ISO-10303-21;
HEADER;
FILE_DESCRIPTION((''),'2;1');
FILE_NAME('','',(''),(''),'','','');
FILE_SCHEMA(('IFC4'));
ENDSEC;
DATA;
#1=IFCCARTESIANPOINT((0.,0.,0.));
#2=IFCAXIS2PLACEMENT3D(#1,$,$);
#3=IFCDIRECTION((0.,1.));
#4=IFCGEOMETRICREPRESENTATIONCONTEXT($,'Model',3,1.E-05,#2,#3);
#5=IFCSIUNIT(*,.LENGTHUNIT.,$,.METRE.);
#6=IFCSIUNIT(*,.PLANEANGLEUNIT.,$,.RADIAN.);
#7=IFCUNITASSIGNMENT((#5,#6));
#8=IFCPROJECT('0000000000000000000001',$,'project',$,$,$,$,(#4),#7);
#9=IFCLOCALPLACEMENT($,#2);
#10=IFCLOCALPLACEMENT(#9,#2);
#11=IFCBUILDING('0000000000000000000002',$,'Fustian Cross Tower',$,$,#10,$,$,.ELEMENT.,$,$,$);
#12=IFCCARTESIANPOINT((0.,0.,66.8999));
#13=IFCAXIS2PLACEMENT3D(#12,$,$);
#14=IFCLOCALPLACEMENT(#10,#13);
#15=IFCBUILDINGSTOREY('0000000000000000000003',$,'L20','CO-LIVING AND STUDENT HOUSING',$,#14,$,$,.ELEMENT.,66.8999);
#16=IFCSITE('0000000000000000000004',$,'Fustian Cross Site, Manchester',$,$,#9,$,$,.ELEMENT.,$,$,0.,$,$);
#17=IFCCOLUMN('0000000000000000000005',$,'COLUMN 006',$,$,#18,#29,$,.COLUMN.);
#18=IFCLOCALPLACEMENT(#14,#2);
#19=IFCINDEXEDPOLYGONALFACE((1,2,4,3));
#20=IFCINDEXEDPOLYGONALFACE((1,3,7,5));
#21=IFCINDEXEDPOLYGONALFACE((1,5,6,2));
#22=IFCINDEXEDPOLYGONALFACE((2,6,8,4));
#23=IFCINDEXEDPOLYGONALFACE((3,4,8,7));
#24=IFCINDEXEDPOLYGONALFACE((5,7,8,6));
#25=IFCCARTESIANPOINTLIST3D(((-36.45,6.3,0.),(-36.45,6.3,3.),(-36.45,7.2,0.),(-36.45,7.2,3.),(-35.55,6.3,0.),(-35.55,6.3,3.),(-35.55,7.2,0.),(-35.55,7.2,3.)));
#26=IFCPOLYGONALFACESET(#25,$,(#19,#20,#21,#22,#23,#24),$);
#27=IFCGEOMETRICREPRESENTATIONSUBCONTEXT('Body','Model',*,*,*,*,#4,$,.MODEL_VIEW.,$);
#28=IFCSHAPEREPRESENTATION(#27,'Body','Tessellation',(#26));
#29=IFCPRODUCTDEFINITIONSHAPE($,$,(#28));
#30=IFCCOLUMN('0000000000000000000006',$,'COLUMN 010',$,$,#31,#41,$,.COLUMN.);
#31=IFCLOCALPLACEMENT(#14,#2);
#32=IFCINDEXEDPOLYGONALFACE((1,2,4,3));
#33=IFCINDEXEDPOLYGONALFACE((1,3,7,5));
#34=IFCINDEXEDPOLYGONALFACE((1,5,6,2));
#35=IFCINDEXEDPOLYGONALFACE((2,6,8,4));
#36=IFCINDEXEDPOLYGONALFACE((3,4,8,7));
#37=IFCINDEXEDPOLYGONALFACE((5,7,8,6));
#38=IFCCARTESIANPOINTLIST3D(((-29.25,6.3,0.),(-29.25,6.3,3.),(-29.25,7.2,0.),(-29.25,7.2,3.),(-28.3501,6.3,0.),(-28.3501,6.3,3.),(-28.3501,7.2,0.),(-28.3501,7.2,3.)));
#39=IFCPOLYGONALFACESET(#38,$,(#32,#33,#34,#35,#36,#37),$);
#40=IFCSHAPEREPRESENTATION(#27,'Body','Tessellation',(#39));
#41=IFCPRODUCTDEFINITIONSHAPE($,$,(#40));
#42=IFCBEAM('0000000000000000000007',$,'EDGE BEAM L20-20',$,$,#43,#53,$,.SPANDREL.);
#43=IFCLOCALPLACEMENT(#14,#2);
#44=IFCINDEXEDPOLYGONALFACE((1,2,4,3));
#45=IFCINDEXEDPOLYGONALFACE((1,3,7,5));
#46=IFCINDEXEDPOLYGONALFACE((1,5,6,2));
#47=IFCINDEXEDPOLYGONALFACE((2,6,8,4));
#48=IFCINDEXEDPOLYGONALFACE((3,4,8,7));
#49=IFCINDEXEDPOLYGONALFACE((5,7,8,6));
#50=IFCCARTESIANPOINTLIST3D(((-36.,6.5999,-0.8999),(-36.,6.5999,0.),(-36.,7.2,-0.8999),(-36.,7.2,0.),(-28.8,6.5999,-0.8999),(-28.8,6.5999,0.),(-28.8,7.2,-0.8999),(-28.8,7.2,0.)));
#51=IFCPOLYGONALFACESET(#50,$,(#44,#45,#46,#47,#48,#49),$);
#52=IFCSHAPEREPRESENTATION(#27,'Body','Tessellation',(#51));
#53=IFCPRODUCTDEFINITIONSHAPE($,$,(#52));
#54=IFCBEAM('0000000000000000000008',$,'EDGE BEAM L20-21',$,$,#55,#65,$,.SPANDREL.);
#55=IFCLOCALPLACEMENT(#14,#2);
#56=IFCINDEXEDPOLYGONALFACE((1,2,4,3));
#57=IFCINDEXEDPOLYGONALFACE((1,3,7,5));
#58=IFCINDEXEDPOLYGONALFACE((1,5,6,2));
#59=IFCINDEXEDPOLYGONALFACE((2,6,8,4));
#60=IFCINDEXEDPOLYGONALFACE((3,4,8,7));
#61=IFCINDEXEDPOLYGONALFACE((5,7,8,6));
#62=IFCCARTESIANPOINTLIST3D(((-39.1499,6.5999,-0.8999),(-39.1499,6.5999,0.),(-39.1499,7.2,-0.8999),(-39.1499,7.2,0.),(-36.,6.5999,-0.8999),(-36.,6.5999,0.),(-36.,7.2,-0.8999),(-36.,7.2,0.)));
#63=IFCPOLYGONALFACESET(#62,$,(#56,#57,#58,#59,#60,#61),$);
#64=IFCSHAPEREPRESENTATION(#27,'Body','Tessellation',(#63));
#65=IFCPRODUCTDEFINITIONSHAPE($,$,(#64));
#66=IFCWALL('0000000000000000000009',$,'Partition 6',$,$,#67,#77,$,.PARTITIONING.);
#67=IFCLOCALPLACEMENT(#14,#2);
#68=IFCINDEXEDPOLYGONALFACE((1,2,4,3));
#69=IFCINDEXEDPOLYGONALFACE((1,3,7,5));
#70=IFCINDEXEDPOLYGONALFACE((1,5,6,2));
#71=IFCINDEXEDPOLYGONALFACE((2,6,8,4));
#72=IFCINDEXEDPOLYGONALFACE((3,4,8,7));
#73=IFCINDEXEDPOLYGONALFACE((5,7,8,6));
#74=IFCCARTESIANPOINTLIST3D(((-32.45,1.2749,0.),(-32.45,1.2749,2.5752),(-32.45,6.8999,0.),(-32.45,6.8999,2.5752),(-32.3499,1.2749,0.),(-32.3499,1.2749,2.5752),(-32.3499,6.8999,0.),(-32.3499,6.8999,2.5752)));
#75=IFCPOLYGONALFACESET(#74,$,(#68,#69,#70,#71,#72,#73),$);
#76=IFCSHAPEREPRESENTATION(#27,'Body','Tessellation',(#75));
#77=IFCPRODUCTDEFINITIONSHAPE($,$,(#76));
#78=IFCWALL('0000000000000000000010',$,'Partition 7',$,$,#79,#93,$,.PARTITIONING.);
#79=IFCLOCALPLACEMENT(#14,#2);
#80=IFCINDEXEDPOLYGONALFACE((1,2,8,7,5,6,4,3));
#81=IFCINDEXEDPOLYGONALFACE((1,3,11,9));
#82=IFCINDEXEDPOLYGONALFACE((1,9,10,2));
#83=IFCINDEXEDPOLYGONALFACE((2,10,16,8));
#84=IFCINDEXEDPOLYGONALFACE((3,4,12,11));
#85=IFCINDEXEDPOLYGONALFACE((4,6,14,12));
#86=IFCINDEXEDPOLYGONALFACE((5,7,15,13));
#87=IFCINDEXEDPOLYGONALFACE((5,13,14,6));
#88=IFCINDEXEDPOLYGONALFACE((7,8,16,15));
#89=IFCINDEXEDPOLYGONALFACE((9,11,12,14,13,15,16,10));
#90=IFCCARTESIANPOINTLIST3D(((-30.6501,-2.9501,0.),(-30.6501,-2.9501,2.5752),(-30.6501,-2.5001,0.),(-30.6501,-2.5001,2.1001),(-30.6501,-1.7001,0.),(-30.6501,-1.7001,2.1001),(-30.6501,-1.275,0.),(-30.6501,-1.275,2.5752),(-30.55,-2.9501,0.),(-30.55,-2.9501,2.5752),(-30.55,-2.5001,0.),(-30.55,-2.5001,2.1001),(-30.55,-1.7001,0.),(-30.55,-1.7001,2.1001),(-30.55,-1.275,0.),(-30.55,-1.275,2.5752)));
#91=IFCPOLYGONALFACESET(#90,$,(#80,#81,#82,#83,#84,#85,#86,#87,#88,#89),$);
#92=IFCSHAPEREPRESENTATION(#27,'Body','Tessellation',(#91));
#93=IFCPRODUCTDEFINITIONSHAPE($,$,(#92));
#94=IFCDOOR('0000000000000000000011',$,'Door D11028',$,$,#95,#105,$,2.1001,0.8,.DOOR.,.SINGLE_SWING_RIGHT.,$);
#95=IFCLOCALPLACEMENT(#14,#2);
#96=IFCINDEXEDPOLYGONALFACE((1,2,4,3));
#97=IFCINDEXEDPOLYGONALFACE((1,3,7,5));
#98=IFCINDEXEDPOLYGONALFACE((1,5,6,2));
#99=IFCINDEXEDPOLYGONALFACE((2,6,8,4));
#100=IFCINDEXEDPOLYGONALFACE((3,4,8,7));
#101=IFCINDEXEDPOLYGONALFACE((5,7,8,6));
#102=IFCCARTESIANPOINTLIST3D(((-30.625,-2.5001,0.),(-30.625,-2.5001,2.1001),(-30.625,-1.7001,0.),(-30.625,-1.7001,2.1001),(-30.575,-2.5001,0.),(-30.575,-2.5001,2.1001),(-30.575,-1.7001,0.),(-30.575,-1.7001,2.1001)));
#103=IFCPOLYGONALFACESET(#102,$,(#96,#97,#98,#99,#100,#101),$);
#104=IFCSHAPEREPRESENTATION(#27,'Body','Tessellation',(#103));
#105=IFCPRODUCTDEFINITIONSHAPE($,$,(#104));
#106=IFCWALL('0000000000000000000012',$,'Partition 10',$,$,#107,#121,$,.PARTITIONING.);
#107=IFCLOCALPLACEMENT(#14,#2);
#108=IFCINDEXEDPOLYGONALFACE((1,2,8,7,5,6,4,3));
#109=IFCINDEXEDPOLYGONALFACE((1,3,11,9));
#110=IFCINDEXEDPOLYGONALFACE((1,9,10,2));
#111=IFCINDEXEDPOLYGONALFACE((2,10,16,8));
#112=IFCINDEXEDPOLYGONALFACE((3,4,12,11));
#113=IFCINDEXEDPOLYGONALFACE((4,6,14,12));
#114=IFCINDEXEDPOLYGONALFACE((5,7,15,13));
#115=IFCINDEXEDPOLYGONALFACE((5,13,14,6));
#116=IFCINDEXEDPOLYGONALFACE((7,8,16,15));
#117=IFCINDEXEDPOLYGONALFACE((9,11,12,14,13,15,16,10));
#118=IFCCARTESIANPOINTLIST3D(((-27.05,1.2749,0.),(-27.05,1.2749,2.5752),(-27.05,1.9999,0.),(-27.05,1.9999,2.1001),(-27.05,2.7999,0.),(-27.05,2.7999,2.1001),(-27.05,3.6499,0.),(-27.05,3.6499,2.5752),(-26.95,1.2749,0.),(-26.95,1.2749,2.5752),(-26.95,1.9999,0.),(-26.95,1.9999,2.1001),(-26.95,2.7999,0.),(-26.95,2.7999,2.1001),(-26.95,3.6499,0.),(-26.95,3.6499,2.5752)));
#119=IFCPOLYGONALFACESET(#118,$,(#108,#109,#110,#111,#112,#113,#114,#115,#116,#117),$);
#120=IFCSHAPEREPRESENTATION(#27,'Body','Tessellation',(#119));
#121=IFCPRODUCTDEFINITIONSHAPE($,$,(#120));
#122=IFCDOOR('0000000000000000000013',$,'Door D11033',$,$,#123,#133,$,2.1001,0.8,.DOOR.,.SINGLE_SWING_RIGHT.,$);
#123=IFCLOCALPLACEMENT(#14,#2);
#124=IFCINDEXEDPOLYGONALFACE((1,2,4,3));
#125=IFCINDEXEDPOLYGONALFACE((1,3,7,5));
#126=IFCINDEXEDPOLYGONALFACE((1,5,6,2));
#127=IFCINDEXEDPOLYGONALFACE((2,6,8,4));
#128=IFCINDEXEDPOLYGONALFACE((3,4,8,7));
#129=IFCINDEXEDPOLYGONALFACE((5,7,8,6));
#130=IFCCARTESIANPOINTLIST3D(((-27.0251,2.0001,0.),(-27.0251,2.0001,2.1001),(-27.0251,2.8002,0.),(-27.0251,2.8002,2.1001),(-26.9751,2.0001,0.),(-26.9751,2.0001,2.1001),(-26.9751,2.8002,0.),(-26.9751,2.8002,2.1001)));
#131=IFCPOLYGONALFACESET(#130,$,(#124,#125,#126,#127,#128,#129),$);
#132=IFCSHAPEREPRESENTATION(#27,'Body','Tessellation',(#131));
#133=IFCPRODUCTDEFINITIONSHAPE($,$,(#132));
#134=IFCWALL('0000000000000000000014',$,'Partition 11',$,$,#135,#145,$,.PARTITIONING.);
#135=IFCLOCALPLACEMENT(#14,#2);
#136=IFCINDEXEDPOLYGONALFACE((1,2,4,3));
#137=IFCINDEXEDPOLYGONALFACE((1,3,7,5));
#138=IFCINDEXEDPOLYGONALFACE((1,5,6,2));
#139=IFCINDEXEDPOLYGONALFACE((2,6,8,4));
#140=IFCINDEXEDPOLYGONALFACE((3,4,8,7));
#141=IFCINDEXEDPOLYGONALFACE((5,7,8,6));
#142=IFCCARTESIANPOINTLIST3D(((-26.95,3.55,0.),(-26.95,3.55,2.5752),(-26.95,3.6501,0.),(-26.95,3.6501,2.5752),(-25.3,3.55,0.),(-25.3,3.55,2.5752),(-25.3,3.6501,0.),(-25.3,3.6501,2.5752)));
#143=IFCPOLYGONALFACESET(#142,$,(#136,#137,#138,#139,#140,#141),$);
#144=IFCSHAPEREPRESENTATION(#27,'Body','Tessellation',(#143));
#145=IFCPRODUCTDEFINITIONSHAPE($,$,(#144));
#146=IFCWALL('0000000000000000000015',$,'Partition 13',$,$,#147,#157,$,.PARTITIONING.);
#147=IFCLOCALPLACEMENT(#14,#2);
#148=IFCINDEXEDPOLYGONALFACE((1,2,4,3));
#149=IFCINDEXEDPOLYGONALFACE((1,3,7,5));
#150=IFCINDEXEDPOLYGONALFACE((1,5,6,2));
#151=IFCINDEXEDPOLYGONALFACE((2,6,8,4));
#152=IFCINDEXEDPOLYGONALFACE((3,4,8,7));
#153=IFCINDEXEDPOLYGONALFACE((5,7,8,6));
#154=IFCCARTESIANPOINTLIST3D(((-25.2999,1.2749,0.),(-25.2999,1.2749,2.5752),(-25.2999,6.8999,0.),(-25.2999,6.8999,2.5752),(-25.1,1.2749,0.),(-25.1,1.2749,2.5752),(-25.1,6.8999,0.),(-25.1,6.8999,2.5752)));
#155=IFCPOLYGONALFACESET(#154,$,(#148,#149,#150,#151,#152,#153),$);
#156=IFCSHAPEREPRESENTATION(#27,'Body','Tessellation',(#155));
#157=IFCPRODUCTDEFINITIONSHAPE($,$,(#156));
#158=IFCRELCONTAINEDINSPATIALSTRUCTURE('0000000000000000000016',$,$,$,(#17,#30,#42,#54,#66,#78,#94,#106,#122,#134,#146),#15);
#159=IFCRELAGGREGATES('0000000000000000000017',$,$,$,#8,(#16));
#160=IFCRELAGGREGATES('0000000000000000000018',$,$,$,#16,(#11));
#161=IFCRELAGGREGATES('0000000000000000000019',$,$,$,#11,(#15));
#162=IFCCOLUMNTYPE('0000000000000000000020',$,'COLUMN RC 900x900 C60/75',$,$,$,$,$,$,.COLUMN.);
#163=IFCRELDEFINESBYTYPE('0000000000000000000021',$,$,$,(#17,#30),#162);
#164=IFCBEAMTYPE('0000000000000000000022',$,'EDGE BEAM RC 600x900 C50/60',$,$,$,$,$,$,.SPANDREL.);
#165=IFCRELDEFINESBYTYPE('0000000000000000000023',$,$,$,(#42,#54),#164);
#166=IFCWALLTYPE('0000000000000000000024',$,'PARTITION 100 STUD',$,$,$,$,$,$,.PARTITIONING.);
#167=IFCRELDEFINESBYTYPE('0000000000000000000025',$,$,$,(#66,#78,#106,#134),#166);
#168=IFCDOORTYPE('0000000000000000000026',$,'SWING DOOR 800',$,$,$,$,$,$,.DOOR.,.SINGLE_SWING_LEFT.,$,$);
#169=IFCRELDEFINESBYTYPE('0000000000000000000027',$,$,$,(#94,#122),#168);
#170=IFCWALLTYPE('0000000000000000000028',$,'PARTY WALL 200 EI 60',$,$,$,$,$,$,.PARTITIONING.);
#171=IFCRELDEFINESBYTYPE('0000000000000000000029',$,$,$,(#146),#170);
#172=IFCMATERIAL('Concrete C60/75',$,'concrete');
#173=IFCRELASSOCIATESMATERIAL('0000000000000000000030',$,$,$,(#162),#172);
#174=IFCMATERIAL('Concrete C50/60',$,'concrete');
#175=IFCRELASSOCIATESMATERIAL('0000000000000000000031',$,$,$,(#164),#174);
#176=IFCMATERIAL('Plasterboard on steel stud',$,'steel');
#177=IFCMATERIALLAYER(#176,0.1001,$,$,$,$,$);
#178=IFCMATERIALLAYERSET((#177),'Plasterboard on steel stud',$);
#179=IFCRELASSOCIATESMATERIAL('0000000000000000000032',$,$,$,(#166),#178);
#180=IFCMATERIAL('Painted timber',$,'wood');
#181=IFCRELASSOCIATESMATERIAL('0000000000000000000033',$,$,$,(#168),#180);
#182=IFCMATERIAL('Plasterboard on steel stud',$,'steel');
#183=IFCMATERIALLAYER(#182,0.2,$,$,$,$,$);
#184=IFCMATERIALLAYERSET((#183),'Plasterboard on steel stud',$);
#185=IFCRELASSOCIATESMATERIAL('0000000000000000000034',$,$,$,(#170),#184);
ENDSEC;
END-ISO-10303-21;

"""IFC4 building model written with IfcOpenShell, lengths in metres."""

from ifc_helpers import new_model, si_unit, direction, frame, frame_2d, origin, origin_2d, place, context, subcontext, project, spatial, rectangle, extrude, material, layer, layer_set, material_profile, profile_set, type_object, element, fill, save


model = new_model("IFC4")

# Units and contexts
model_context = context("Model", 3, precision=1e-05, world=origin(), true_north=direction((0.0, 1.0)))
body_context = subcontext(model_context, "Body", "Model", "MODEL_VIEW")
ifc_project = project(units=[si_unit("LENGTHUNIT", "METRE"), si_unit("PLANEANGLEUNIT", "RADIAN")], contexts=[model_context])

# Site, building, storey
site_placement = place(None, origin())
site = spatial("IfcSite", under=ifc_project, at=site_placement, Name="Fustian Cross Site, Manchester", CompositionType="ELEMENT", RefElevation=0.0)
building_placement = place(site_placement, origin())
building = spatial("IfcBuilding", under=site, at=building_placement, Name="Fustian Cross Tower", CompositionType="ELEMENT")
storey_placement = place(building_placement, frame((0.0, 0.0, 66.8999)))
storey = spatial("IfcBuildingStorey", under=building, at=storey_placement, Name="L20", Description="CO-LIVING AND STUDENT HOUSING", CompositionType="ELEMENT", Elevation=66.8999)

# Columns
ifc_material_1 = material(Name="Concrete C60/75", Category="concrete")
ifc_material_profile_1 = material_profile(ifc_material_1, rectangle(XDim=0.8999, YDim=0.8999, at=origin_2d()), Name="RC 900x900")
ifc_profile_set_1 = profile_set([ifc_material_profile_1], Name="Concrete C60/75")
column_type = type_object("IfcColumnType", Name="COLUMN RC 900x900 C60/75", PredefinedType="COLUMN", material=ifc_profile_set_1)
for number, where, z_axis, x_axis, name in (
    (1, (-36.0, 6.75, 0.0), (0.0, 0.0, 1.0), (1.0, 0.0, 0.0), "COLUMN 006"),
    (2, (-28.8, 6.75, 0.0), (0.0, 0.0, 1.0), (1.0, 0.0, 0.0), "COLUMN 010"),
):
    element("IfcColumn", number, at=place(storey_placement, frame(where, z_axis=z_axis, x_axis=x_axis)), inside=storey, type_object=column_type, Name=name, PredefinedType="COLUMN", context=body_context, shape_type="SweptSolid", body=[
        extrude(rectangle(XDim=0.8999, YDim=0.8999, at=origin_2d()), origin(), (0.0, 0.0, 1.0), 3.0),
    ])

# Beams
ifc_material_2 = material(Name="Concrete C50/60", Category="concrete")
ifc_material_profile_2 = material_profile(ifc_material_2, rectangle(XDim=0.6001, YDim=0.8999, at=origin_2d()), Name="RC 600x900")
ifc_profile_set_2 = profile_set([ifc_material_profile_2], Name="Concrete C50/60")
beam_type = type_object("IfcBeamType", Name="EDGE BEAM RC 600x900 C50/60", PredefinedType="SPANDREL", material=ifc_profile_set_2)
beam_1_placement = place(storey_placement, frame((-28.8, 6.8999, -0.45), z_axis=(-1.0, 0.0, 0.0), x_axis=(0.0, -1.0, 0.0)))
element("IfcBeam", 3, at=beam_1_placement, inside=storey, type_object=beam_type, Name="EDGE BEAM L20-20", PredefinedType="SPANDREL", context=body_context, shape_type="SweptSolid", body=[
    extrude(rectangle(XDim=0.6001, YDim=0.8999, at=origin_2d()), origin(), (0.0, 0.0, 1.0), 7.2),
])
beam_2_placement = place(storey_placement, frame((-36.0, 6.8999, -0.45), z_axis=(-1.0, 0.0, 0.0), x_axis=(0.0, -1.0, 0.0)))
element("IfcBeam", 4, at=beam_2_placement, inside=storey, type_object=beam_type, Name="EDGE BEAM L20-21", PredefinedType="SPANDREL", context=body_context, shape_type="SweptSolid", body=[
    extrude(rectangle(XDim=0.6001, YDim=0.8999, at=origin_2d()), origin(), (0.0, 0.0, 1.0), 3.1499),
])

# Wall
ifc_material_3 = material(Name="Plasterboard on steel stud", Category="steel")
ifc_layer_1 = layer(ifc_material_3, 0.1001)
ifc_layer_set_1 = layer_set([ifc_layer_1], Name="Plasterboard on steel stud")
wall_type_1 = type_object("IfcWallType", Name="PARTITION 100 STUD", PredefinedType="PARTITIONING", material=ifc_layer_set_1)
wall_1_placement = place(storey_placement, frame((-32.3999, 1.2749, 0.0), z_axis=(0.0, 0.0, 1.0), x_axis=(0.0, 1.0, 0.0)))
element("IfcWall", 5, at=wall_1_placement, inside=storey, type_object=wall_type_1, Name="Partition 6", PredefinedType="PARTITIONING", context=body_context, shape_type="SweptSolid", body=[
    extrude(rectangle(XDim=5.625, YDim=0.1001, at=frame_2d((2.8125, 0.0))), origin(), (0.0, 0.0, 1.0), 2.5752),
])

# Walls, openings, doors
wall_2_placement = place(storey_placement, frame((-30.6001, -2.95, 0.0), z_axis=(0.0, 0.0, 1.0), x_axis=(0.0, 1.0, 0.0)))
wall_2 = element("IfcWall", 6, at=wall_2_placement, inside=storey, type_object=wall_type_1, Name="Partition 7", PredefinedType="PARTITIONING", context=body_context, shape_type="SweptSolid", body=[
    extrude(rectangle(XDim=1.675, YDim=0.1001, at=frame_2d((0.8374, 0.0))), origin(), (0.0, 0.0, 1.0), 2.5752),
])
opening_1_placement = place(wall_2_placement, frame((0.45, 0.0, 0.0)))
opening_1 = element("IfcOpeningElement", 7, at=opening_1_placement, cuts=wall_2, PredefinedType="OPENING", context=body_context, shape_type="SweptSolid", body=[
    extrude(rectangle(XDim=0.8, YDim=2.1001, at=frame_2d((0.3999, 1.05))), frame((0.0, 0.0601, 0.0), z_axis=(0.0, -1.0, 0.0), x_axis=(1.0, 0.0, 0.0)), (0.0, 0.0, 1.0), 0.1201),
])
ifc_material_4 = material(Name="Painted timber", Category="wood")
door_type = type_object("IfcDoorType", Name="SWING DOOR 800", OperationType="SINGLE_SWING_LEFT", PredefinedType="DOOR", material=ifc_material_4)
door_1_placement = place(opening_1_placement, origin())
door_1 = element("IfcDoor", 8, at=door_1_placement, inside=storey, type_object=door_type, Name="Door D11028", OperationType="SINGLE_SWING_RIGHT", OverallHeight=2.1001, OverallWidth=0.8, PredefinedType="DOOR", context=body_context, shape_type="SweptSolid", body=[
    extrude(rectangle(XDim=0.8, YDim=2.1001, at=frame_2d((0.3999, 1.05))), frame((0.0, 0.0249, 0.0), z_axis=(0.0, -1.0, 0.0), x_axis=(1.0, 0.0, 0.0)), (0.0, 0.0, 1.0), 0.05),
])
fill(opening_1, door_1)
wall_3_placement = place(storey_placement, frame((-27.0, 1.2749, 0.0), z_axis=(0.0, 0.0, 1.0), x_axis=(0.0, 1.0, 0.0)))
wall_3 = element("IfcWall", 9, at=wall_3_placement, inside=storey, type_object=wall_type_1, Name="Partition 10", PredefinedType="PARTITIONING", context=body_context, shape_type="SweptSolid", body=[
    extrude(rectangle(XDim=2.375, YDim=0.1001, at=frame_2d((1.1875, 0.0))), origin(), (0.0, 0.0, 1.0), 2.5752),
])
opening_2_placement = place(wall_3_placement, frame((0.7251, 0.0, 0.0)))
opening_2 = element("IfcOpeningElement", 10, at=opening_2_placement, cuts=wall_3, PredefinedType="OPENING", context=body_context, shape_type="SweptSolid", body=[
    extrude(rectangle(XDim=0.8, YDim=2.1001, at=frame_2d((0.3999, 1.05))), frame((0.0, 0.0601, 0.0), z_axis=(0.0, -1.0, 0.0), x_axis=(1.0, 0.0, 0.0)), (0.0, 0.0, 1.0), 0.1201),
])
door_2_placement = place(opening_2_placement, frame((0.8, 0.0, 0.0), z_axis=(0.0, 0.0, 1.0), x_axis=(-1.0, 0.0, 0.0)))
door_2 = element("IfcDoor", 11, at=door_2_placement, inside=storey, type_object=door_type, Name="Door D11033", OperationType="SINGLE_SWING_RIGHT", OverallHeight=2.1001, OverallWidth=0.8, PredefinedType="DOOR", context=body_context, shape_type="SweptSolid", body=[
    extrude(rectangle(XDim=0.8, YDim=2.1001, at=frame_2d((0.3999, 1.05))), frame((0.0, 0.0249, 0.0), z_axis=(0.0, -1.0, 0.0), x_axis=(1.0, 0.0, 0.0)), (0.0, 0.0, 1.0), 0.05),
])
fill(opening_2, door_2)

# Walls
wall_4_placement = place(storey_placement, frame((-26.95, 3.6001, 0.0), z_axis=(0.0, 0.0, 1.0), x_axis=(1.0, 0.0, 0.0)))
element("IfcWall", 12, at=wall_4_placement, inside=storey, type_object=wall_type_1, Name="Partition 11", PredefinedType="PARTITIONING", context=body_context, shape_type="SweptSolid", body=[
    extrude(rectangle(XDim=1.6499, YDim=0.1001, at=frame_2d((0.825, 0.0))), origin(), (0.0, 0.0, 1.0), 2.5752),
])
ifc_material_5 = material(Name="Plasterboard on steel stud", Category="steel")
ifc_layer_2 = layer(ifc_material_5, 0.2)
ifc_layer_set_2 = layer_set([ifc_layer_2], Name="Plasterboard on steel stud")
wall_type_2 = type_object("IfcWallType", Name="PARTY WALL 200 EI 60", PredefinedType="PARTITIONING", material=ifc_layer_set_2)
wall_5_placement = place(storey_placement, frame((-25.2, 1.2749, 0.0), z_axis=(0.0, 0.0, 1.0), x_axis=(0.0, 1.0, 0.0)))
element("IfcWall", 13, at=wall_5_placement, inside=storey, type_object=wall_type_2, Name="Partition 13", PredefinedType="PARTITIONING", context=body_context, shape_type="SweptSolid", body=[
    extrude(rectangle(XDim=5.625, YDim=0.2, at=frame_2d((2.8125, 0.0))), origin(), (0.0, 0.0, 1.0), 2.5752),
])

save(model, "model.ifc")
